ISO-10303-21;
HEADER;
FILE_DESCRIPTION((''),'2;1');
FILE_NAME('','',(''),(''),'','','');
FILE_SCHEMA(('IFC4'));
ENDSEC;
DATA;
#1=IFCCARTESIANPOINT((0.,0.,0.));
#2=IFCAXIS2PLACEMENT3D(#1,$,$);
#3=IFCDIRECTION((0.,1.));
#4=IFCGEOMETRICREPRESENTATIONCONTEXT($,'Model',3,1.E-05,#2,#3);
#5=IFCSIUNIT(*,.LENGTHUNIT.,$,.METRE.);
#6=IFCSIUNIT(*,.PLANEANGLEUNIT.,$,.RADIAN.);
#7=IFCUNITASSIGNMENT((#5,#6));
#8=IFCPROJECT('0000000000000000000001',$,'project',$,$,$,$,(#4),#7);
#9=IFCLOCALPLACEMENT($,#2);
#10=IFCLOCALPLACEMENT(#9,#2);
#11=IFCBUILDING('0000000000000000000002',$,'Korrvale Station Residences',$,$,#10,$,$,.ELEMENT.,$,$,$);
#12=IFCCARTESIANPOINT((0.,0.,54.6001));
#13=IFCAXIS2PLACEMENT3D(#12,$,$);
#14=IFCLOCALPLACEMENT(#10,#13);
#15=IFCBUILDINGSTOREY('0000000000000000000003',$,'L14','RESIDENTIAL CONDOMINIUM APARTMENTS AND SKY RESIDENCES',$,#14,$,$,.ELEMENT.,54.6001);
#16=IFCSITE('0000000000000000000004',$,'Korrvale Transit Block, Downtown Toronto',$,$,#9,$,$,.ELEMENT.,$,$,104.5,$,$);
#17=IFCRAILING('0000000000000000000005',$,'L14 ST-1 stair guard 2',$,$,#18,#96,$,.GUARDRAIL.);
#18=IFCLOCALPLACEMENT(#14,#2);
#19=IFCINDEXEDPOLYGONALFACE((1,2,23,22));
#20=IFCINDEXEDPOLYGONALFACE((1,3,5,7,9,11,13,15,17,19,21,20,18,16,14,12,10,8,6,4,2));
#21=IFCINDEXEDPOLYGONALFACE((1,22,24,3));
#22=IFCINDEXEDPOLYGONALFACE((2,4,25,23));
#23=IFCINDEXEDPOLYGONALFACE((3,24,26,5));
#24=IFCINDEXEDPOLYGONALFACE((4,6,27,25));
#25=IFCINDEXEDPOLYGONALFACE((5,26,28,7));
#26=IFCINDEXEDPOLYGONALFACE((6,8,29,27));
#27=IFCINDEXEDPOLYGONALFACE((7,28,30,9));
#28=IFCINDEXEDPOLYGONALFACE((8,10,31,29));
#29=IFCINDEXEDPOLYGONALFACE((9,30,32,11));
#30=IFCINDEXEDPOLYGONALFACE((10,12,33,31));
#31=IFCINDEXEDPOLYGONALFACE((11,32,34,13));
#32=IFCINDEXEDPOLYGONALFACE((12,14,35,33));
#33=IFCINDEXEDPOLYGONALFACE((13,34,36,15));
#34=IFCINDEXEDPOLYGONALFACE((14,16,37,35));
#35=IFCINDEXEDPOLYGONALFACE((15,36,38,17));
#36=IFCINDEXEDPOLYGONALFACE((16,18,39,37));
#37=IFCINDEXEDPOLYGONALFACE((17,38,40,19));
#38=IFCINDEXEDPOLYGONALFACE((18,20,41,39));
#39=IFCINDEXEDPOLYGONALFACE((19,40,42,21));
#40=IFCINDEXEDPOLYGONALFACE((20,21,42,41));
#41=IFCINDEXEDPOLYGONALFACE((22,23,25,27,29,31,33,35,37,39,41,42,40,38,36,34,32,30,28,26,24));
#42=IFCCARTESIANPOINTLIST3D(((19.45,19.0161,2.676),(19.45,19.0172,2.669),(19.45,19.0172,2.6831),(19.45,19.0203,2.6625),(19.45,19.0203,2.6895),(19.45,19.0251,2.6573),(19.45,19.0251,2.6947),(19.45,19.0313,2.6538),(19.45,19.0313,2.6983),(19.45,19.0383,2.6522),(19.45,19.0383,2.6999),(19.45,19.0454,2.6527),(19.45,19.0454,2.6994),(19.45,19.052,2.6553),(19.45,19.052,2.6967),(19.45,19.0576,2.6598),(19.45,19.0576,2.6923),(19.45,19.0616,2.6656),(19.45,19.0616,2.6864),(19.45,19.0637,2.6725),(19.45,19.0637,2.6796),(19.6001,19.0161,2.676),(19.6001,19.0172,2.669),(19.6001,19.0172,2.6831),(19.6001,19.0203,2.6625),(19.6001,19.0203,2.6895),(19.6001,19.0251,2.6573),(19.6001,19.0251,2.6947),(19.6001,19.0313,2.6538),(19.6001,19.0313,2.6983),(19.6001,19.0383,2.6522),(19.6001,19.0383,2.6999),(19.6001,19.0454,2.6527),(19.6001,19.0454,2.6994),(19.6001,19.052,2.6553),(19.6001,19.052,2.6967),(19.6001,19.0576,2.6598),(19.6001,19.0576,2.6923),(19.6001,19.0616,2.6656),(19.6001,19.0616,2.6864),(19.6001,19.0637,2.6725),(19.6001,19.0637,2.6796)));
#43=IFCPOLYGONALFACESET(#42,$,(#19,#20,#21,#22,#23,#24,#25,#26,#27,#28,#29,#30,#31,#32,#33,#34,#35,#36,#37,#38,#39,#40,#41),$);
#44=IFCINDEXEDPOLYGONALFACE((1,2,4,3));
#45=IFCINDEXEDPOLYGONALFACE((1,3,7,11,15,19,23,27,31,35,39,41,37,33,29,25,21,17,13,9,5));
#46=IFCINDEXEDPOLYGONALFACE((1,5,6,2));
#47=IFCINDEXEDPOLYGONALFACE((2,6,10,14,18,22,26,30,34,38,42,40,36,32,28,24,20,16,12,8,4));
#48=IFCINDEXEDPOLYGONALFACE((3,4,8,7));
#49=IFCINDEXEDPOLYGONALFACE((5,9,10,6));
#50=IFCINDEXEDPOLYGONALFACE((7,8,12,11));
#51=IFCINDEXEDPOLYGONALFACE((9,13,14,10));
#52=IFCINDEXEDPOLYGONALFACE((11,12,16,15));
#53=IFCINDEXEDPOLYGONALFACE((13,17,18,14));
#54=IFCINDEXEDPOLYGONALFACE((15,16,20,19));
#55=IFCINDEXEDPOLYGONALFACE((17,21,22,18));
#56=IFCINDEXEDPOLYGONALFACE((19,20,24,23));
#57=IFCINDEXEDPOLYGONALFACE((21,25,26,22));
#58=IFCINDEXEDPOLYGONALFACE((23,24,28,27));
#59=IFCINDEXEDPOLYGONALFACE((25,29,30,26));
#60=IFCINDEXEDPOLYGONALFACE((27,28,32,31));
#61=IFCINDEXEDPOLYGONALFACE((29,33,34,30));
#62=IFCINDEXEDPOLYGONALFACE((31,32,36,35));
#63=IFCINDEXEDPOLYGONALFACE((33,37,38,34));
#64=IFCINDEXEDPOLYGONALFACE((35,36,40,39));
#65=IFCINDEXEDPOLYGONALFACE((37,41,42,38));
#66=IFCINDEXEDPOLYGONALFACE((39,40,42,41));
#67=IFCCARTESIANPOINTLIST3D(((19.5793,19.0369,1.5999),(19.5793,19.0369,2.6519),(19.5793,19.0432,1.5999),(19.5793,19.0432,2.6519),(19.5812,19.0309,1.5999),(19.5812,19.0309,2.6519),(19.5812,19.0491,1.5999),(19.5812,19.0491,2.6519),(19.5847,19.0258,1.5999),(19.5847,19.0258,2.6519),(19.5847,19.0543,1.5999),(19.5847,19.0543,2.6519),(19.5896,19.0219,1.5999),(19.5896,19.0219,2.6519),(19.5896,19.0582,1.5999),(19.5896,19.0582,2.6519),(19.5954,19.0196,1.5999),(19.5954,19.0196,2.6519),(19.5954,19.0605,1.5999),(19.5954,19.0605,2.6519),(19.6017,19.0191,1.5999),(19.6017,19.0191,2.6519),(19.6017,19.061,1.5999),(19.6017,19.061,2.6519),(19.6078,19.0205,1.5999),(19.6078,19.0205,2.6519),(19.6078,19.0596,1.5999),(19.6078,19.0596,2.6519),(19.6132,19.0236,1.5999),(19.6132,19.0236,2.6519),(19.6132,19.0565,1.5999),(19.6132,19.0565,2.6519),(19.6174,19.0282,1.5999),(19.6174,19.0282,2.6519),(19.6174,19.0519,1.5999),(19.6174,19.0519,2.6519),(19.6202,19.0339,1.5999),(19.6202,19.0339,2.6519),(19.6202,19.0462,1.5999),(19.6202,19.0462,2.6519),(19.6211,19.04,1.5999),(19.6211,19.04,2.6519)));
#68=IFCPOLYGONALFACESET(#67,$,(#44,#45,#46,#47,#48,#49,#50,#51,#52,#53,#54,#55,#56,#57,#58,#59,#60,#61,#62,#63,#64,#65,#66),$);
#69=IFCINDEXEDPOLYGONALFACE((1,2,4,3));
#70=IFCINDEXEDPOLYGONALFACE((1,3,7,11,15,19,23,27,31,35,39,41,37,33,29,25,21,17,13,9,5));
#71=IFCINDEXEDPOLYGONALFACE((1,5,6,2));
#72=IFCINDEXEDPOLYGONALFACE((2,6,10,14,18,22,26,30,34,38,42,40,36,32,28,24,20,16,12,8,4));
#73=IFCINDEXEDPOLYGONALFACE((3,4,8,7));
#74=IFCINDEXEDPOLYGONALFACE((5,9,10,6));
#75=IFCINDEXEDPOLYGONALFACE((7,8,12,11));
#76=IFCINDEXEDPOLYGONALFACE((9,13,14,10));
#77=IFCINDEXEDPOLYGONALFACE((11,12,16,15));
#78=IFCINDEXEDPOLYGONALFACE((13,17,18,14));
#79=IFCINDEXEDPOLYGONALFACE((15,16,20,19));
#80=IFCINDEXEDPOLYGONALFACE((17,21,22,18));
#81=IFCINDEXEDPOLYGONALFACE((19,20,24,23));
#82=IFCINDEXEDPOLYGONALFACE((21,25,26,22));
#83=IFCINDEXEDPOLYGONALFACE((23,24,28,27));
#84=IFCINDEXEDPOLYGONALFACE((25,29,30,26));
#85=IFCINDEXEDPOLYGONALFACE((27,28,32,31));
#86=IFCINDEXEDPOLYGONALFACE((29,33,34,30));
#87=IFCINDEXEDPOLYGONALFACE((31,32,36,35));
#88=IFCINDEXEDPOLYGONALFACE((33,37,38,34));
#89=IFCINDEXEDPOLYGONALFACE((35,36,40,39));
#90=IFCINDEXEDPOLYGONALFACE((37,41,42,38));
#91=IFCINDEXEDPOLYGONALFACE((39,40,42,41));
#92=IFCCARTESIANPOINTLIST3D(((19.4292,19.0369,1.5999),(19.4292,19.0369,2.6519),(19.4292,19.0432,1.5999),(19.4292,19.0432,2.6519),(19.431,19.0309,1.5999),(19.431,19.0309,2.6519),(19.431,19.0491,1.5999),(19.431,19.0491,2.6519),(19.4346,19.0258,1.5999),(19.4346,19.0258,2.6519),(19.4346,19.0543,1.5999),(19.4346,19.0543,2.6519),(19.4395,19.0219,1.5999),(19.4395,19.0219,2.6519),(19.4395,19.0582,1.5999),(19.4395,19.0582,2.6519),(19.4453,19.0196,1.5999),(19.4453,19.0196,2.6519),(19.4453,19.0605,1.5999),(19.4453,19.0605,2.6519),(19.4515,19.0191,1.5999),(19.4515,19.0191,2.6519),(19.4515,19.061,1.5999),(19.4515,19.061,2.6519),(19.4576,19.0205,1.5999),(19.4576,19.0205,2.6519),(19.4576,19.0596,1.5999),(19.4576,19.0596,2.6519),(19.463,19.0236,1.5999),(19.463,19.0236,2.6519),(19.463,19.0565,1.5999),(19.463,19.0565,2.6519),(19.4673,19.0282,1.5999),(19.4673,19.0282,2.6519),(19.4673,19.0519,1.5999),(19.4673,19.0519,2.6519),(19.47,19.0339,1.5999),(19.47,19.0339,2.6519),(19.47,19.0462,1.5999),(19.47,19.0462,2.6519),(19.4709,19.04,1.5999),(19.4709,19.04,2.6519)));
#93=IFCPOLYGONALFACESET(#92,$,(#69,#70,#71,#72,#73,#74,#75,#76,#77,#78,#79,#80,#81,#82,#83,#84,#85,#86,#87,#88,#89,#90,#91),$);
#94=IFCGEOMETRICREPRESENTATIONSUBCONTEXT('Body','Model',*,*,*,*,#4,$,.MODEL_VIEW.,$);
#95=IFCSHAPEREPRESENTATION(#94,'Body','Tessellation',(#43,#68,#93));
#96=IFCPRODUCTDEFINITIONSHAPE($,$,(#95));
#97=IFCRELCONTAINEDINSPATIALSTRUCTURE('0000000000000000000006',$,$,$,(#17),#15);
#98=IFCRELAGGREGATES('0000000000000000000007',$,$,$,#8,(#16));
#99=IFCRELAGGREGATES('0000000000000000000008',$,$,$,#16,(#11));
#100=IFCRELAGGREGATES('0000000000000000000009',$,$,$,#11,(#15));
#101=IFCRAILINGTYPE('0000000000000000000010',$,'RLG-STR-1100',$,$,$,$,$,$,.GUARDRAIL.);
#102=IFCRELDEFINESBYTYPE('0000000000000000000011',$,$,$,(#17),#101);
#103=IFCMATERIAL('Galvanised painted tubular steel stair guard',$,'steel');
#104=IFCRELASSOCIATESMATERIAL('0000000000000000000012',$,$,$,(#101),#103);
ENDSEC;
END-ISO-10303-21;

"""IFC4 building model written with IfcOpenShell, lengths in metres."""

from ifc_helpers import new_model, si_unit, direction, frame, origin, origin_2d, place, context, subcontext, project, spatial, circle, extrude, material, type_object, element, save


model = new_model("IFC4")

# Units and contexts
model_context = context("Model", 3, precision=1e-05, world=origin(), true_north=direction((0.0, 1.0)))
body_context = subcontext(model_context, "Body", "Model", "MODEL_VIEW")
ifc_project = project(units=[si_unit("LENGTHUNIT", "METRE"), si_unit("PLANEANGLEUNIT", "RADIAN")], contexts=[model_context])

# Site, building, storey
site_placement = place(None, origin())
site = spatial("IfcSite", under=ifc_project, at=site_placement, Name="Korrvale Transit Block, Downtown Toronto", CompositionType="ELEMENT", RefElevation=104.5)
building_placement = place(site_placement, origin())
building = spatial("IfcBuilding", under=site, at=building_placement, Name="Korrvale Station Residences", CompositionType="ELEMENT")
storey_placement = place(building_placement, frame((0.0, 0.0, 54.6001)))
storey = spatial("IfcBuildingStorey", under=building, at=storey_placement, Name="L14", Description="RESIDENTIAL CONDOMINIUM APARTMENTS AND SKY RESIDENCES", CompositionType="ELEMENT", Elevation=54.6001)

# Railing
ifc_material_1 = material(Name="Galvanised painted tubular steel stair guard", Category="steel")
railing_type_1 = type_object("IfcRailingType", Name="RLG-STR-1100", PredefinedType="GUARDRAIL", material=ifc_material_1)
railing_1_placement = place(storey_placement, frame((19.6001, 19.04, 1.5999)))
element("IfcRailing", 1, at=railing_1_placement, inside=storey, type_object=railing_type_1, Name="L14 ST-1 stair guard 2", PredefinedType="GUARDRAIL", context=body_context, shape_type="SweptSolid", body=[
    extrude(circle(Radius=0.0239, at=origin_2d()), frame((0.0, 0.0, 1.0762), z_axis=(-1.0, 0.0, 0.0), x_axis=(0.0, -1.0, 0.0)), (0.0, 0.0, 1.0), 0.1501),
    extrude(circle(Radius=0.021, at=origin_2d()), origin(), (0.0, 0.0, 1.0), 1.052),
    extrude(circle(Radius=0.021, at=origin_2d()), frame((-0.1501, 0.0, 0.0)), (0.0, 0.0, 1.0), 1.052),
])

save(model, "model.ifc")
